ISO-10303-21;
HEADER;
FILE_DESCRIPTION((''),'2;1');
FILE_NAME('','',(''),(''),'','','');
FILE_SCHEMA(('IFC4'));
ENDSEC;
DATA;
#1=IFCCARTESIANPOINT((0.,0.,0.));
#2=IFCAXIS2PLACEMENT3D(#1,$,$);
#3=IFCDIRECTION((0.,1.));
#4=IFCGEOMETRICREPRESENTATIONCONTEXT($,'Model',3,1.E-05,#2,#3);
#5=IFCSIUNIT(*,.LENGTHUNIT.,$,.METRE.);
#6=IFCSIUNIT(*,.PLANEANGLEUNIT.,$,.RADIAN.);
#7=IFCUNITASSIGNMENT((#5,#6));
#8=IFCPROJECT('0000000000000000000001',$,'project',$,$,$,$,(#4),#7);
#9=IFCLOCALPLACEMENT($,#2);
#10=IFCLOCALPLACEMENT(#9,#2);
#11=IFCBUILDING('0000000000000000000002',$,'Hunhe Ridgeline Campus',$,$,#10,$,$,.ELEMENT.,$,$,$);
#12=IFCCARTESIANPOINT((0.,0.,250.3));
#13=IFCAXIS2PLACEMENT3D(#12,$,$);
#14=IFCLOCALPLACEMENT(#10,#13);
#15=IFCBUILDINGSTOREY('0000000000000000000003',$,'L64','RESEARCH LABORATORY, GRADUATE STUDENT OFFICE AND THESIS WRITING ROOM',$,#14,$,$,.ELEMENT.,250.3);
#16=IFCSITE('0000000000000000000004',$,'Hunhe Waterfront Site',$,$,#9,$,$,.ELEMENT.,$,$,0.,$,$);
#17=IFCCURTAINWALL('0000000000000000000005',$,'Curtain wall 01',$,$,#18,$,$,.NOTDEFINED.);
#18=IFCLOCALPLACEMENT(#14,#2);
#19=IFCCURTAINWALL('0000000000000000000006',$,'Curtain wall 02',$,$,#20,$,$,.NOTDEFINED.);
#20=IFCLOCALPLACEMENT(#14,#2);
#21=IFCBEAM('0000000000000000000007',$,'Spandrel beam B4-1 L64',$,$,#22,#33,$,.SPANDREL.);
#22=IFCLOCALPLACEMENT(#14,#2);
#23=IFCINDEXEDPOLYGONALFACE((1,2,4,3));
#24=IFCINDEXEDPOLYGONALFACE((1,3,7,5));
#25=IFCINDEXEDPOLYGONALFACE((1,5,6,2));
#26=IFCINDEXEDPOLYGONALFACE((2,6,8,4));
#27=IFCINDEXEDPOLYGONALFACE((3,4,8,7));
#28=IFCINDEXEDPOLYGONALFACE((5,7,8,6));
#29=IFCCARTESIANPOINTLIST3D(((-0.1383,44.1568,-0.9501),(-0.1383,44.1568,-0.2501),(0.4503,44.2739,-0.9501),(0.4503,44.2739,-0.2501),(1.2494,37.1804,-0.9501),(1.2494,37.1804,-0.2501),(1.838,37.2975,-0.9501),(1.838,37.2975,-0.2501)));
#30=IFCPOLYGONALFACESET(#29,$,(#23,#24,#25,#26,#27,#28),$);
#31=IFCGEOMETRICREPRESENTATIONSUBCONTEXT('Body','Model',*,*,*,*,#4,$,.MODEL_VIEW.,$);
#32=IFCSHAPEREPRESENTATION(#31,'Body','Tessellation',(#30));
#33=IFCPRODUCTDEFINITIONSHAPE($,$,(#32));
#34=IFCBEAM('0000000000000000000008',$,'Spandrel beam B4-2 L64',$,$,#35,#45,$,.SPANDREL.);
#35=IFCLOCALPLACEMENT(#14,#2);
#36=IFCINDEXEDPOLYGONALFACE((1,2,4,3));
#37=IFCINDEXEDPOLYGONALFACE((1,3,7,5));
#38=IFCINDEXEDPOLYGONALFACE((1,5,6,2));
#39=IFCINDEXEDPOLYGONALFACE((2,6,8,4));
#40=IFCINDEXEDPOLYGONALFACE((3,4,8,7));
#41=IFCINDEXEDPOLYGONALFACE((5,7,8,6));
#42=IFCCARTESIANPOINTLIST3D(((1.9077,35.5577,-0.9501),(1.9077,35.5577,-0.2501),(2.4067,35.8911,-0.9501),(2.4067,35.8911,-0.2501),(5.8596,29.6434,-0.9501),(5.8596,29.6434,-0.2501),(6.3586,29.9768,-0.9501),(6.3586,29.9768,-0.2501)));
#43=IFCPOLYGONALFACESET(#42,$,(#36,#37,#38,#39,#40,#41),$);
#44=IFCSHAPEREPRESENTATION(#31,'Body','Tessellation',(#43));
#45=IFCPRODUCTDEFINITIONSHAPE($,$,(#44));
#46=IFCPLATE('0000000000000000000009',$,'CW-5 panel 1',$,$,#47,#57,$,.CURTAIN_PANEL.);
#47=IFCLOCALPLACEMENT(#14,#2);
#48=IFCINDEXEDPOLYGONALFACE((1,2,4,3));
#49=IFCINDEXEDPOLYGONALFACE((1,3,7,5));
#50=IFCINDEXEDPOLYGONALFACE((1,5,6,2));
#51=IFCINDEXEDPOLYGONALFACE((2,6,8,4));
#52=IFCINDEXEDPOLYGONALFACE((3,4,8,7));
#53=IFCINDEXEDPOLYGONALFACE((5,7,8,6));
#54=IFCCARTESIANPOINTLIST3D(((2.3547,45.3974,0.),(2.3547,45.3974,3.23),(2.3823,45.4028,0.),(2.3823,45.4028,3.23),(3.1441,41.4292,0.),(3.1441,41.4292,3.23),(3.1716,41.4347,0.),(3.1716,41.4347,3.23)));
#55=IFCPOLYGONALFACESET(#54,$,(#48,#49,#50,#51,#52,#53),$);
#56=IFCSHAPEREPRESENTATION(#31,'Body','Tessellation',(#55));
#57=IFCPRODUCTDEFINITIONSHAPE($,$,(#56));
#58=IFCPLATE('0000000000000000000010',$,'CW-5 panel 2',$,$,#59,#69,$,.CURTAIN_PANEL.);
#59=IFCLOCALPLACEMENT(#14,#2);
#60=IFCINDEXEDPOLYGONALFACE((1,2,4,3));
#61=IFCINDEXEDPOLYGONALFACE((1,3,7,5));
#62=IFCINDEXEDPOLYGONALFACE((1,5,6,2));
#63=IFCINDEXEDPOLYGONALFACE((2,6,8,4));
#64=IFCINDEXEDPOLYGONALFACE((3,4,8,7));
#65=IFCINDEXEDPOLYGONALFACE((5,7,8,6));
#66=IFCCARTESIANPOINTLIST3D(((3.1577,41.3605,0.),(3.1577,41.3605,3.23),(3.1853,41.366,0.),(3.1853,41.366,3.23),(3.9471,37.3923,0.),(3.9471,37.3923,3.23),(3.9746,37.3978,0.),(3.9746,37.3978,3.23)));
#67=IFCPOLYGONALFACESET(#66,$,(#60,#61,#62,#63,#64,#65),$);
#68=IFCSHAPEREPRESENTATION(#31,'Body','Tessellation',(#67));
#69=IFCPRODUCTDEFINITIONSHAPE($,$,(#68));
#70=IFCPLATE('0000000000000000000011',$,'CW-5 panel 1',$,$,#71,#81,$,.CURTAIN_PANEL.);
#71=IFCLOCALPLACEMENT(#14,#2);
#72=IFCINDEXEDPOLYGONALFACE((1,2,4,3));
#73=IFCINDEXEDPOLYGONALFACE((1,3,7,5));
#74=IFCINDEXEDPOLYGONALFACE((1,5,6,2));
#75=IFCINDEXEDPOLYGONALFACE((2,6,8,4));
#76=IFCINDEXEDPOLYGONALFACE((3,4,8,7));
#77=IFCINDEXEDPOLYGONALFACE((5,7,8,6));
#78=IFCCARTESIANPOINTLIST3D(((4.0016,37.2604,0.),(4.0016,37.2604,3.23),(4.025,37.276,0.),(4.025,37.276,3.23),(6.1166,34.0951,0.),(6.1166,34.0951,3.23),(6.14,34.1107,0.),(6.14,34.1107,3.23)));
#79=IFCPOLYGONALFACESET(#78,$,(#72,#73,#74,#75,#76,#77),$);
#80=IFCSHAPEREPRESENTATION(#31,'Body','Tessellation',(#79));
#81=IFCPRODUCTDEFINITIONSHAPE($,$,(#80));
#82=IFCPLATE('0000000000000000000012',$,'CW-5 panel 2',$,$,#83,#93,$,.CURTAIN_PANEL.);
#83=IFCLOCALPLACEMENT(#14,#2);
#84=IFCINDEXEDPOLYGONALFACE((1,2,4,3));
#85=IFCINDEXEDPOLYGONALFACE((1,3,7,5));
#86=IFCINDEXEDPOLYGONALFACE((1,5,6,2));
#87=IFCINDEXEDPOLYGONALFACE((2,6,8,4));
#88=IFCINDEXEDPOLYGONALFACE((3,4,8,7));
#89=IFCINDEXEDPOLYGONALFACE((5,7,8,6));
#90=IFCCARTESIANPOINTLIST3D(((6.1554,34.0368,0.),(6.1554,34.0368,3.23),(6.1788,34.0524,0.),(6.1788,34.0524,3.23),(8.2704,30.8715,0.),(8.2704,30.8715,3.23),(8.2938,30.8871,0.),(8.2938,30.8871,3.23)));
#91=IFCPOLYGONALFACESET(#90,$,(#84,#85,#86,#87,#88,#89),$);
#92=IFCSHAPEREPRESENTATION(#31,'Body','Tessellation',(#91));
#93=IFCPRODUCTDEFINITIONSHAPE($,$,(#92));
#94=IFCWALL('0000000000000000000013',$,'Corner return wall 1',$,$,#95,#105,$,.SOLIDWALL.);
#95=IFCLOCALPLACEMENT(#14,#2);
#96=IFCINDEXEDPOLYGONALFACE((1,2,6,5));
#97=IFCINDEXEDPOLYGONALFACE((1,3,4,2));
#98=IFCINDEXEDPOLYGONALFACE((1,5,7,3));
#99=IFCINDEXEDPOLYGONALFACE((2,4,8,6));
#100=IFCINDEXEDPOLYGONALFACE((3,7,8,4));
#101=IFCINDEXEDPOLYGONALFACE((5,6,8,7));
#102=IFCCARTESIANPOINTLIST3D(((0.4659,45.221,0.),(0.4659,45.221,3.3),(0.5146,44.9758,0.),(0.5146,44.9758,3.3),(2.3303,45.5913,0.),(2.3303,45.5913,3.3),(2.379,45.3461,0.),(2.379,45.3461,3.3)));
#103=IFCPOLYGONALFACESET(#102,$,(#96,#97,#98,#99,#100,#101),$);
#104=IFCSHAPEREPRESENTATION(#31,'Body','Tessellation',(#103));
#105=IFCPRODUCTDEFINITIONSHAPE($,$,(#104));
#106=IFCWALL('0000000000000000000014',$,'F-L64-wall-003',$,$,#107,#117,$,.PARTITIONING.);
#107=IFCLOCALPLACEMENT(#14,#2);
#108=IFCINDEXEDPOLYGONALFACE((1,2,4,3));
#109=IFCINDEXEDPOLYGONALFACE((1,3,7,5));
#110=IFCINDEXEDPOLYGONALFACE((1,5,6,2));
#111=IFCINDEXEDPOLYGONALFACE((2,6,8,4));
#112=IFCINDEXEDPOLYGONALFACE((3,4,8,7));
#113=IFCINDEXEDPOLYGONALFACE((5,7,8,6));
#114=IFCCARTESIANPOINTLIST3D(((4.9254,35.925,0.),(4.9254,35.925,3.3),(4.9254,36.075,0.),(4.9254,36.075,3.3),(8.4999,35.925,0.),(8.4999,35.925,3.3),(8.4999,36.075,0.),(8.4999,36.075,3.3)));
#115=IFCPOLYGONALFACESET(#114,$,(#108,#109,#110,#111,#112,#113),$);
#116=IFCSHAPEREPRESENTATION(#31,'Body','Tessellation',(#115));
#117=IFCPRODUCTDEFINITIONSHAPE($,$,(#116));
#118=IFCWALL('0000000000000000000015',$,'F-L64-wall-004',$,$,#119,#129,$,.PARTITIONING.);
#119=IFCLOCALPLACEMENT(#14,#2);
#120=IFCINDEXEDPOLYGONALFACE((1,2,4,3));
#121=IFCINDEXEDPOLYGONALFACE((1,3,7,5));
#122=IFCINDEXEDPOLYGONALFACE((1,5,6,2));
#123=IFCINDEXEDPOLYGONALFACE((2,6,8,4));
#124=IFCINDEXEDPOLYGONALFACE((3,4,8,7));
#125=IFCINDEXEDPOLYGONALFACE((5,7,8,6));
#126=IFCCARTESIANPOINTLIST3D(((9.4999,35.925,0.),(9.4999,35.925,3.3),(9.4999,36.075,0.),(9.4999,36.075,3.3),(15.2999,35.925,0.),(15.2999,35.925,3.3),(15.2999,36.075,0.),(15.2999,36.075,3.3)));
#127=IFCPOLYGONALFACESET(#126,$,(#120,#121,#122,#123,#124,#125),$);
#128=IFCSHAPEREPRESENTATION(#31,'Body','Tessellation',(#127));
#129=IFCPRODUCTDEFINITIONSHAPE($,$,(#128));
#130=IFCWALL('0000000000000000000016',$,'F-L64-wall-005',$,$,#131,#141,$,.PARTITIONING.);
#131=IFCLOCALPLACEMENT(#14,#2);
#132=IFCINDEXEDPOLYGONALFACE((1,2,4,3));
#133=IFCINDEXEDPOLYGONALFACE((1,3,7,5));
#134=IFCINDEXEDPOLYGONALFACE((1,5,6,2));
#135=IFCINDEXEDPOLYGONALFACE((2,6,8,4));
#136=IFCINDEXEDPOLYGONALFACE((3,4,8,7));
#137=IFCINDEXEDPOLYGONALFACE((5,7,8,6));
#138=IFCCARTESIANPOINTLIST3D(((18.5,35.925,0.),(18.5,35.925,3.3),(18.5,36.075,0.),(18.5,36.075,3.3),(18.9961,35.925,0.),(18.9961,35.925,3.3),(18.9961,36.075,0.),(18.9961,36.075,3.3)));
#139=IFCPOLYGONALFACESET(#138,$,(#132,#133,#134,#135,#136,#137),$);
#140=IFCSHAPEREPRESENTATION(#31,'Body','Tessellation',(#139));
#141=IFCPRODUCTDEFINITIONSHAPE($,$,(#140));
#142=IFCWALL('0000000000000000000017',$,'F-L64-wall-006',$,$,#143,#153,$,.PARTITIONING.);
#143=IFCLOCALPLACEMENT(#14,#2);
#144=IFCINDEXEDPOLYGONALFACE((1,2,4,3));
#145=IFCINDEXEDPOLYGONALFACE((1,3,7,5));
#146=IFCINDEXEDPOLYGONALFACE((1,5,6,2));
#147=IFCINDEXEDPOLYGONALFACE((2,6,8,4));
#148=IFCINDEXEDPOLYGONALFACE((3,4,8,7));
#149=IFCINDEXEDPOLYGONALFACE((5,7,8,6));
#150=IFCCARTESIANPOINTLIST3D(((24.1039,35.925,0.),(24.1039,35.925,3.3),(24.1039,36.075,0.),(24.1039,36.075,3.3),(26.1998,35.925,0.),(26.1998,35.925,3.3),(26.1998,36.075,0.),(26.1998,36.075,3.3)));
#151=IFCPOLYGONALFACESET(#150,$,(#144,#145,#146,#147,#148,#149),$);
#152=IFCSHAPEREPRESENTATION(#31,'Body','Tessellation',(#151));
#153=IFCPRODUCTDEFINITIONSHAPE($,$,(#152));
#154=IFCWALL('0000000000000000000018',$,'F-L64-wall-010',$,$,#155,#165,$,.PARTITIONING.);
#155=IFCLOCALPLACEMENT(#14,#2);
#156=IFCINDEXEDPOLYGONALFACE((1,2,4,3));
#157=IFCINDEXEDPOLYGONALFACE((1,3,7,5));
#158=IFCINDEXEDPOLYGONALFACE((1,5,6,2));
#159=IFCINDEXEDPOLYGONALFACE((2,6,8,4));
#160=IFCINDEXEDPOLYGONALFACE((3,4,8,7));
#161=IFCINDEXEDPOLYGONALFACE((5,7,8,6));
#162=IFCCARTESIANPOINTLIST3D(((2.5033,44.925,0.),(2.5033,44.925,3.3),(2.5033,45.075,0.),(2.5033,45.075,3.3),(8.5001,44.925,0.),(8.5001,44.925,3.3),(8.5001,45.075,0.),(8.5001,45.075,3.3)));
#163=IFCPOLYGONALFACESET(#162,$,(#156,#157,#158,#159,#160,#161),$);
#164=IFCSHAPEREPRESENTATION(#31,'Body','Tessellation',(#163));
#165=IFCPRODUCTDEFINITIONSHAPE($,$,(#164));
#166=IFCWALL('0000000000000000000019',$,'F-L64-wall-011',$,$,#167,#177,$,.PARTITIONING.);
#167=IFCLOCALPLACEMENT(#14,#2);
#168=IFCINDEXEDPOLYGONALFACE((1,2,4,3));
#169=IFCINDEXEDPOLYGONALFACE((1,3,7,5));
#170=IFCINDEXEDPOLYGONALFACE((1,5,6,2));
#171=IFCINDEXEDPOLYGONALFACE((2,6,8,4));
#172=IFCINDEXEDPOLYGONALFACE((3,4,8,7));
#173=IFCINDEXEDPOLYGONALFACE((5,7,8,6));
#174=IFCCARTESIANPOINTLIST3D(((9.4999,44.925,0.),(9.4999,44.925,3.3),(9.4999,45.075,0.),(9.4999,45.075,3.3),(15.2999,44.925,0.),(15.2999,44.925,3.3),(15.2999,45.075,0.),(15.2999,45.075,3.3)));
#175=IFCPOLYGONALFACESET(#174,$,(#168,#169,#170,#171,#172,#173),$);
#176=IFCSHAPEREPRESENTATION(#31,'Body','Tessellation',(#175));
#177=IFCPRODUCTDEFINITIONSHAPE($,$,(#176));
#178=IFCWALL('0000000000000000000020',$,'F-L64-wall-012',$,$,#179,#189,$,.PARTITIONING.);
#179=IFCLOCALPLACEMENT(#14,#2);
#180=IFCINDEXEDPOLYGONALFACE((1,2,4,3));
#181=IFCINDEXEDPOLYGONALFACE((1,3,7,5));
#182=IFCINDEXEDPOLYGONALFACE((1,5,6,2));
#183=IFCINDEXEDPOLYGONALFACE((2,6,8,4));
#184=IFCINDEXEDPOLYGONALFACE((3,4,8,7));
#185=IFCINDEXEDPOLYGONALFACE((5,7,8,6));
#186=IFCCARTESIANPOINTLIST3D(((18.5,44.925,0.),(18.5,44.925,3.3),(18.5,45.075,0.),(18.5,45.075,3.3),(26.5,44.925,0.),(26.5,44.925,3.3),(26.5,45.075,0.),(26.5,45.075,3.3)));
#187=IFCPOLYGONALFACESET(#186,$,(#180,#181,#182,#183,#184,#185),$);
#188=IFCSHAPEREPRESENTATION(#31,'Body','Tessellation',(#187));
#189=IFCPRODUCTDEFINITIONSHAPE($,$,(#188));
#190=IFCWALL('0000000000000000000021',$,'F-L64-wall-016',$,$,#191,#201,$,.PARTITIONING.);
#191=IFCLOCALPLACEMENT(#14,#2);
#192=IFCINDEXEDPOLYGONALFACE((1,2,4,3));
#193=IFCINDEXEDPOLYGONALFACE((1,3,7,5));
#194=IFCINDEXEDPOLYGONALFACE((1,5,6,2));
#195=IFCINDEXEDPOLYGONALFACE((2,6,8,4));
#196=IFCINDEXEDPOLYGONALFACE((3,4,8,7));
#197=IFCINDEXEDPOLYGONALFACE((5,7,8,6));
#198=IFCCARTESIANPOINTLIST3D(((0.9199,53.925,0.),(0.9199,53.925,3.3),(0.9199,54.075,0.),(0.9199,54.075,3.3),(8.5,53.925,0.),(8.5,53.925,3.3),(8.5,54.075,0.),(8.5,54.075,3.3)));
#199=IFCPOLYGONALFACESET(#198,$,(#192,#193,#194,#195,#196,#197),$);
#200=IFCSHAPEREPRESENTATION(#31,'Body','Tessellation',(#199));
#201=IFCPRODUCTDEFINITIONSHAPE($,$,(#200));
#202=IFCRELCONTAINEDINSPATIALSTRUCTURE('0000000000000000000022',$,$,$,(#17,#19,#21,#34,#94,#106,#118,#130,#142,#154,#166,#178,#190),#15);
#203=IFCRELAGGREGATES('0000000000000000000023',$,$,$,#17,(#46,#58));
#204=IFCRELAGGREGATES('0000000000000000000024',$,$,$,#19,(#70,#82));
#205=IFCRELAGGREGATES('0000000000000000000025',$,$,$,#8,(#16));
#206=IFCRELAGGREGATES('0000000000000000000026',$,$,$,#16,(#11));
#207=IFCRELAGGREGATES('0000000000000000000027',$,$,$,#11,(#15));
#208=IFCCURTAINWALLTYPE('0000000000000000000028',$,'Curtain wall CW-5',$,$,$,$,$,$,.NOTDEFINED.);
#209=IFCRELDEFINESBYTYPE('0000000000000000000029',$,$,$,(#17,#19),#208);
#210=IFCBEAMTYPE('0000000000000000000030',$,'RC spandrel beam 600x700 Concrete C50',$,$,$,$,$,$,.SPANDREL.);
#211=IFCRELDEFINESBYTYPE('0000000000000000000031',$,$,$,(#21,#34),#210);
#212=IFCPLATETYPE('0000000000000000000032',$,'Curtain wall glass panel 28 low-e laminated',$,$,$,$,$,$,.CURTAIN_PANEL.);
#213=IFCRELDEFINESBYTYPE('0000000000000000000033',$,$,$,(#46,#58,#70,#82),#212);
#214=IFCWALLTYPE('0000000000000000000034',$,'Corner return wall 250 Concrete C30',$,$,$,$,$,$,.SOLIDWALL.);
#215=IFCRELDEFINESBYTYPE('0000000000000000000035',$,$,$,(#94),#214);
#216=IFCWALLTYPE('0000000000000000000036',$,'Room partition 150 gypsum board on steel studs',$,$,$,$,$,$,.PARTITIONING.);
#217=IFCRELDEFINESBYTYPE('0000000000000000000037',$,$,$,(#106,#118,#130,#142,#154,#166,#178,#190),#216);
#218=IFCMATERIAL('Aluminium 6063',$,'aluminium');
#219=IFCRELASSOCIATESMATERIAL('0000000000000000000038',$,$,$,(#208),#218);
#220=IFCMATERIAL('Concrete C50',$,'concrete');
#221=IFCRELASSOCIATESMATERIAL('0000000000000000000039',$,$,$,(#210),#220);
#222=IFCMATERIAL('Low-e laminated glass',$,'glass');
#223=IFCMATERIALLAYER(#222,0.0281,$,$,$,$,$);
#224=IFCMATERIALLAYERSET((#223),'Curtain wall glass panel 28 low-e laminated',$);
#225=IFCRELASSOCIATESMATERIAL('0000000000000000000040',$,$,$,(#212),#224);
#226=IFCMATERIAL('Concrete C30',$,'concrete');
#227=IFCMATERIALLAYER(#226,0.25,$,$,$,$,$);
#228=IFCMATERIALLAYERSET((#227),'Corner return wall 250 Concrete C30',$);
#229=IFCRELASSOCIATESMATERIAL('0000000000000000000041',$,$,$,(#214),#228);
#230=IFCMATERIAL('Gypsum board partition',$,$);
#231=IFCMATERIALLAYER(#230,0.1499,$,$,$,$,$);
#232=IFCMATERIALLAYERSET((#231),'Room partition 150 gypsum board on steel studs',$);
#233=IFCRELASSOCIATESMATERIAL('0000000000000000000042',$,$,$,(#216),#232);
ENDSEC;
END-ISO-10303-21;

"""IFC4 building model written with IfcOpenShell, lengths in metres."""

from ifc_helpers import new_model, si_unit, direction, frame, frame_2d, origin, origin_2d, place, context, subcontext, project, spatial, rectangle, extrude, material, layer, layer_set, material_profile, profile_set, type_object, element, aggregate, save


model = new_model("IFC4")

# Units and contexts
model_context = context("Model", 3, precision=1e-05, world=origin(), true_north=direction((0.0, 1.0)))
body_context = subcontext(model_context, "Body", "Model", "MODEL_VIEW")
ifc_project = project(units=[si_unit("LENGTHUNIT", "METRE"), si_unit("PLANEANGLEUNIT", "RADIAN")], contexts=[model_context])

# Site, building, storey
site_placement = place(None, origin())
site = spatial("IfcSite", under=ifc_project, at=site_placement, Name="Hunhe Waterfront Site", CompositionType="ELEMENT", RefElevation=0.0)
building_placement = place(site_placement, origin())
building = spatial("IfcBuilding", under=site, at=building_placement, Name="Hunhe Ridgeline Campus", CompositionType="ELEMENT")
storey_placement = place(building_placement, frame((0.0, 0.0, 250.3)))
storey = spatial("IfcBuildingStorey", under=building, at=storey_placement, Name="L64", Description="RESEARCH LABORATORY, GRADUATE STUDENT OFFICE AND THESIS WRITING ROOM", CompositionType="ELEMENT", Elevation=250.3)

# Curtain walls
ifc_material_1 = material(Name="Aluminium 6063", Category="aluminium")
curtain_wall_type = type_object("IfcCurtainWallType", Name="Curtain wall CW-5", PredefinedType="NOTDEFINED", material=ifc_material_1)
curtain_wall_1_placement = place(storey_placement, origin())
curtain_wall_1 = element("IfcCurtainWall", 1, at=curtain_wall_1_placement, inside=storey, type_object=curtain_wall_type, Name="Curtain wall 01", PredefinedType="NOTDEFINED")
curtain_wall_2_placement = place(storey_placement, origin())
curtain_wall_2 = element("IfcCurtainWall", 2, at=curtain_wall_2_placement, inside=storey, type_object=curtain_wall_type, Name="Curtain wall 02", PredefinedType="NOTDEFINED")

# Beams
ifc_material_2 = material(Name="Concrete C50", Category="concrete")
ifc_material_profile_1 = material_profile(ifc_material_2, rectangle(XDim=0.6001, YDim=0.7, at=origin_2d()))
ifc_profile_set_1 = profile_set([ifc_material_profile_1], Name="Concrete C50")
beam_type = type_object("IfcBeamType", Name="RC spandrel beam 600x700 Concrete C50", PredefinedType="SPANDREL", material=ifc_profile_set_1)
for number, where, z_axis, x_axis, name in (
    (3, (0.156, 44.2153, -0.6001), (0.195093, -0.980785, 0.0), (0.980785, 0.195093, 0.0), "Spandrel beam B4-1 L64"),
    (4, (2.1572, 35.7244, -0.6001), (0.555579, -0.831464, 0.0), (0.831464, 0.555579, 0.0), "Spandrel beam B4-2 L64"),
):
    element("IfcBeam", number, at=place(storey_placement, frame(where, z_axis=z_axis, x_axis=x_axis)), inside=storey, type_object=beam_type, Name=name, PredefinedType="SPANDREL", context=body_context, shape_type="SweptSolid", body=[
        extrude(rectangle(XDim=0.6001, YDim=0.7, at=origin_2d()), origin(), (0.0, 0.0, 1.0), 7.113),
    ])

# Plates
ifc_material_3 = material(Name="Low-e laminated glass", Category="glass")
ifc_layer_1 = layer(ifc_material_3, 0.0281)
ifc_layer_set_1 = layer_set([ifc_layer_1], Name="Curtain wall glass panel 28 low-e laminated")
plate_type = type_object("IfcPlateType", Name="Curtain wall glass panel 28 low-e laminated", PredefinedType="CURTAIN_PANEL", material=ifc_layer_set_1)
plate_1_placement = place(storey_placement, frame((2.7632, 43.416, 0.0), z_axis=(0.0, 0.0, 1.0), x_axis=(0.195095, -0.980784, 0.0)))
plate_1 = element("IfcPlate", 5, at=plate_1_placement, type_object=plate_type, Name="CW-5 panel 1", PredefinedType="CURTAIN_PANEL", context=body_context, shape_type="SweptSolid", body=[
    extrude(rectangle(XDim=4.0459, YDim=0.0281, at=origin_2d()), origin(), (0.0, 0.0, 1.0), 3.23),
])
plate_2_placement = place(storey_placement, frame((3.5662, 39.3792, 0.0), z_axis=(0.0, 0.0, 1.0), x_axis=(0.195095, -0.980784, 0.0)))
plate_2 = element("IfcPlate", 6, at=plate_2_placement, type_object=plate_type, Name="CW-5 panel 2", PredefinedType="CURTAIN_PANEL", context=body_context, shape_type="SweptSolid", body=[
    extrude(rectangle(XDim=4.0459, YDim=0.0281, at=origin_2d()), origin(), (0.0, 0.0, 1.0), 3.23),
])
aggregate(curtain_wall_1, [plate_1, plate_2])
plate_3_placement = place(storey_placement, frame((5.0708, 35.6855, 0.0), z_axis=(0.0, 0.0, 1.0), x_axis=(0.55557, -0.83147, 0.0)))
plate_3 = element("IfcPlate", 7, at=plate_3_placement, type_object=plate_type, Name="CW-5 panel 1", PredefinedType="CURTAIN_PANEL", context=body_context, shape_type="SweptSolid", body=[
    extrude(rectangle(XDim=3.8069, YDim=0.0281, at=origin_2d()), origin(), (0.0, 0.0, 1.0), 3.23),
])
plate_4_placement = place(storey_placement, frame((7.2246, 32.4619, 0.0), z_axis=(0.0, 0.0, 1.0), x_axis=(0.55557, -0.83147, 0.0)))
plate_4 = element("IfcPlate", 8, at=plate_4_placement, type_object=plate_type, Name="CW-5 panel 2", PredefinedType="CURTAIN_PANEL", context=body_context, shape_type="SweptSolid", body=[
    extrude(rectangle(XDim=3.8069, YDim=0.0281, at=origin_2d()), origin(), (0.0, 0.0, 1.0), 3.23),
])
aggregate(curtain_wall_2, [plate_3, plate_4])

# Walls
ifc_material_4 = material(Name="Concrete C30", Category="concrete")
ifc_layer_2 = layer(ifc_material_4, 0.25)
ifc_layer_set_2 = layer_set([ifc_layer_2], Name="Corner return wall 250 Concrete C30")
wall_type_1 = type_object("IfcWallType", Name="Corner return wall 250 Concrete C30", PredefinedType="SOLIDWALL", material=ifc_layer_set_2)
wall_1_placement = place(storey_placement, frame((0.4902, 45.0984, 0.0), z_axis=(0.0, 0.0, 1.0), x_axis=(0.980837, 0.194832, 0.0)))
element("IfcWall", 9, at=wall_1_placement, inside=storey, type_object=wall_type_1, Name="Corner return wall 1", PredefinedType="SOLIDWALL", context=body_context, shape_type="SweptSolid", body=[
    extrude(rectangle(XDim=1.9009, YDim=0.25, at=frame_2d((0.9504, 0.0))), origin(), (0.0, 0.0, 1.0), 3.3),
])
ifc_material_5 = material(Name="Gypsum board partition")
ifc_layer_3 = layer(ifc_material_5, 0.1499)
ifc_layer_set_3 = layer_set([ifc_layer_3], Name="Room partition 150 gypsum board on steel studs")
wall_type_2 = type_object("IfcWallType", Name="Room partition 150 gypsum board on steel studs", PredefinedType="PARTITIONING", material=ifc_layer_set_3)
wall_2_placement = place(storey_placement, frame((4.9255, 36.0, 0.0), z_axis=(0.0, 0.0, 1.0), x_axis=(1.0, 0.0, 0.0)))
element("IfcWall", 10, at=wall_2_placement, inside=storey, type_object=wall_type_2, Name="F-L64-wall-003", PredefinedType="PARTITIONING", context=body_context, shape_type="SweptSolid", body=[
    extrude(rectangle(XDim=3.5745, YDim=0.1499, at=frame_2d((1.7871, 0.0))), origin(), (0.0, 0.0, 1.0), 3.3),
])
wall_3_placement = place(storey_placement, frame((9.5, 36.0, 0.0), z_axis=(0.0, 0.0, 1.0), x_axis=(1.0, 0.0, 0.0)))
element("IfcWall", 11, at=wall_3_placement, inside=storey, type_object=wall_type_2, Name="F-L64-wall-004", PredefinedType="PARTITIONING", context=body_context, shape_type="SweptSolid", body=[
    extrude(rectangle(XDim=5.8, YDim=0.1499, at=frame_2d((2.8999, 0.0))), origin(), (0.0, 0.0, 1.0), 3.3),
])
wall_4_placement = place(storey_placement, frame((18.5, 36.0, 0.0), z_axis=(0.0, 0.0, 1.0), x_axis=(1.0, 0.0, 0.0)))
element("IfcWall", 12, at=wall_4_placement, inside=storey, type_object=wall_type_2, Name="F-L64-wall-005", PredefinedType="PARTITIONING", context=body_context, shape_type="SweptSolid", body=[
    extrude(rectangle(XDim=0.4961, YDim=0.1499, at=frame_2d((0.248, 0.0))), origin(), (0.0, 0.0, 1.0), 3.3),
])
wall_5_placement = place(storey_placement, frame((24.104, 36.0, 0.0), z_axis=(0.0, 0.0, 1.0), x_axis=(1.0, 0.0, 0.0)))
element("IfcWall", 13, at=wall_5_placement, inside=storey, type_object=wall_type_2, Name="F-L64-wall-006", PredefinedType="PARTITIONING", context=body_context, shape_type="SweptSolid", body=[
    extrude(rectangle(XDim=2.0959, YDim=0.1499, at=frame_2d((1.0479, 0.0))), origin(), (0.0, 0.0, 1.0), 3.3),
])
wall_6_placement = place(storey_placement, frame((2.5032, 45.0, 0.0), z_axis=(0.0, 0.0, 1.0), x_axis=(1.0, 0.0, 0.0)))
element("IfcWall", 14, at=wall_6_placement, inside=storey, type_object=wall_type_2, Name="F-L64-wall-010", PredefinedType="PARTITIONING", context=body_context, shape_type="SweptSolid", body=[
    extrude(rectangle(XDim=5.9968, YDim=0.1499, at=frame_2d((2.9985, 0.0))), origin(), (0.0, 0.0, 1.0), 3.3),
])
wall_7_placement = place(storey_placement, frame((9.5, 45.0, 0.0), z_axis=(0.0, 0.0, 1.0), x_axis=(1.0, 0.0, 0.0)))
element("IfcWall", 15, at=wall_7_placement, inside=storey, type_object=wall_type_2, Name="F-L64-wall-011", PredefinedType="PARTITIONING", context=body_context, shape_type="SweptSolid", body=[
    extrude(rectangle(XDim=5.8, YDim=0.1499, at=frame_2d((2.8999, 0.0))), origin(), (0.0, 0.0, 1.0), 3.3),
])
wall_8_placement = place(storey_placement, frame((18.5, 45.0, 0.0), z_axis=(0.0, 0.0, 1.0), x_axis=(1.0, 0.0, 0.0)))
element("IfcWall", 16, at=wall_8_placement, inside=storey, type_object=wall_type_2, Name="F-L64-wall-012", PredefinedType="PARTITIONING", context=body_context, shape_type="SweptSolid", body=[
    extrude(rectangle(XDim=8.0, YDim=0.1499, at=frame_2d((4.0, 0.0))), origin(), (0.0, 0.0, 1.0), 3.3),
])
wall_9_placement = place(storey_placement, frame((0.9199, 54.0, 0.0), z_axis=(0.0, 0.0, 1.0), x_axis=(1.0, 0.0, 0.0)))
element("IfcWall", 17, at=wall_9_placement, inside=storey, type_object=wall_type_2, Name="F-L64-wall-016", PredefinedType="PARTITIONING", context=body_context, shape_type="SweptSolid", body=[
    extrude(rectangle(XDim=7.5801, YDim=0.1499, at=frame_2d((3.79, 0.0))), origin(), (0.0, 0.0, 1.0), 3.3),
])

save(model, "model.ifc")
